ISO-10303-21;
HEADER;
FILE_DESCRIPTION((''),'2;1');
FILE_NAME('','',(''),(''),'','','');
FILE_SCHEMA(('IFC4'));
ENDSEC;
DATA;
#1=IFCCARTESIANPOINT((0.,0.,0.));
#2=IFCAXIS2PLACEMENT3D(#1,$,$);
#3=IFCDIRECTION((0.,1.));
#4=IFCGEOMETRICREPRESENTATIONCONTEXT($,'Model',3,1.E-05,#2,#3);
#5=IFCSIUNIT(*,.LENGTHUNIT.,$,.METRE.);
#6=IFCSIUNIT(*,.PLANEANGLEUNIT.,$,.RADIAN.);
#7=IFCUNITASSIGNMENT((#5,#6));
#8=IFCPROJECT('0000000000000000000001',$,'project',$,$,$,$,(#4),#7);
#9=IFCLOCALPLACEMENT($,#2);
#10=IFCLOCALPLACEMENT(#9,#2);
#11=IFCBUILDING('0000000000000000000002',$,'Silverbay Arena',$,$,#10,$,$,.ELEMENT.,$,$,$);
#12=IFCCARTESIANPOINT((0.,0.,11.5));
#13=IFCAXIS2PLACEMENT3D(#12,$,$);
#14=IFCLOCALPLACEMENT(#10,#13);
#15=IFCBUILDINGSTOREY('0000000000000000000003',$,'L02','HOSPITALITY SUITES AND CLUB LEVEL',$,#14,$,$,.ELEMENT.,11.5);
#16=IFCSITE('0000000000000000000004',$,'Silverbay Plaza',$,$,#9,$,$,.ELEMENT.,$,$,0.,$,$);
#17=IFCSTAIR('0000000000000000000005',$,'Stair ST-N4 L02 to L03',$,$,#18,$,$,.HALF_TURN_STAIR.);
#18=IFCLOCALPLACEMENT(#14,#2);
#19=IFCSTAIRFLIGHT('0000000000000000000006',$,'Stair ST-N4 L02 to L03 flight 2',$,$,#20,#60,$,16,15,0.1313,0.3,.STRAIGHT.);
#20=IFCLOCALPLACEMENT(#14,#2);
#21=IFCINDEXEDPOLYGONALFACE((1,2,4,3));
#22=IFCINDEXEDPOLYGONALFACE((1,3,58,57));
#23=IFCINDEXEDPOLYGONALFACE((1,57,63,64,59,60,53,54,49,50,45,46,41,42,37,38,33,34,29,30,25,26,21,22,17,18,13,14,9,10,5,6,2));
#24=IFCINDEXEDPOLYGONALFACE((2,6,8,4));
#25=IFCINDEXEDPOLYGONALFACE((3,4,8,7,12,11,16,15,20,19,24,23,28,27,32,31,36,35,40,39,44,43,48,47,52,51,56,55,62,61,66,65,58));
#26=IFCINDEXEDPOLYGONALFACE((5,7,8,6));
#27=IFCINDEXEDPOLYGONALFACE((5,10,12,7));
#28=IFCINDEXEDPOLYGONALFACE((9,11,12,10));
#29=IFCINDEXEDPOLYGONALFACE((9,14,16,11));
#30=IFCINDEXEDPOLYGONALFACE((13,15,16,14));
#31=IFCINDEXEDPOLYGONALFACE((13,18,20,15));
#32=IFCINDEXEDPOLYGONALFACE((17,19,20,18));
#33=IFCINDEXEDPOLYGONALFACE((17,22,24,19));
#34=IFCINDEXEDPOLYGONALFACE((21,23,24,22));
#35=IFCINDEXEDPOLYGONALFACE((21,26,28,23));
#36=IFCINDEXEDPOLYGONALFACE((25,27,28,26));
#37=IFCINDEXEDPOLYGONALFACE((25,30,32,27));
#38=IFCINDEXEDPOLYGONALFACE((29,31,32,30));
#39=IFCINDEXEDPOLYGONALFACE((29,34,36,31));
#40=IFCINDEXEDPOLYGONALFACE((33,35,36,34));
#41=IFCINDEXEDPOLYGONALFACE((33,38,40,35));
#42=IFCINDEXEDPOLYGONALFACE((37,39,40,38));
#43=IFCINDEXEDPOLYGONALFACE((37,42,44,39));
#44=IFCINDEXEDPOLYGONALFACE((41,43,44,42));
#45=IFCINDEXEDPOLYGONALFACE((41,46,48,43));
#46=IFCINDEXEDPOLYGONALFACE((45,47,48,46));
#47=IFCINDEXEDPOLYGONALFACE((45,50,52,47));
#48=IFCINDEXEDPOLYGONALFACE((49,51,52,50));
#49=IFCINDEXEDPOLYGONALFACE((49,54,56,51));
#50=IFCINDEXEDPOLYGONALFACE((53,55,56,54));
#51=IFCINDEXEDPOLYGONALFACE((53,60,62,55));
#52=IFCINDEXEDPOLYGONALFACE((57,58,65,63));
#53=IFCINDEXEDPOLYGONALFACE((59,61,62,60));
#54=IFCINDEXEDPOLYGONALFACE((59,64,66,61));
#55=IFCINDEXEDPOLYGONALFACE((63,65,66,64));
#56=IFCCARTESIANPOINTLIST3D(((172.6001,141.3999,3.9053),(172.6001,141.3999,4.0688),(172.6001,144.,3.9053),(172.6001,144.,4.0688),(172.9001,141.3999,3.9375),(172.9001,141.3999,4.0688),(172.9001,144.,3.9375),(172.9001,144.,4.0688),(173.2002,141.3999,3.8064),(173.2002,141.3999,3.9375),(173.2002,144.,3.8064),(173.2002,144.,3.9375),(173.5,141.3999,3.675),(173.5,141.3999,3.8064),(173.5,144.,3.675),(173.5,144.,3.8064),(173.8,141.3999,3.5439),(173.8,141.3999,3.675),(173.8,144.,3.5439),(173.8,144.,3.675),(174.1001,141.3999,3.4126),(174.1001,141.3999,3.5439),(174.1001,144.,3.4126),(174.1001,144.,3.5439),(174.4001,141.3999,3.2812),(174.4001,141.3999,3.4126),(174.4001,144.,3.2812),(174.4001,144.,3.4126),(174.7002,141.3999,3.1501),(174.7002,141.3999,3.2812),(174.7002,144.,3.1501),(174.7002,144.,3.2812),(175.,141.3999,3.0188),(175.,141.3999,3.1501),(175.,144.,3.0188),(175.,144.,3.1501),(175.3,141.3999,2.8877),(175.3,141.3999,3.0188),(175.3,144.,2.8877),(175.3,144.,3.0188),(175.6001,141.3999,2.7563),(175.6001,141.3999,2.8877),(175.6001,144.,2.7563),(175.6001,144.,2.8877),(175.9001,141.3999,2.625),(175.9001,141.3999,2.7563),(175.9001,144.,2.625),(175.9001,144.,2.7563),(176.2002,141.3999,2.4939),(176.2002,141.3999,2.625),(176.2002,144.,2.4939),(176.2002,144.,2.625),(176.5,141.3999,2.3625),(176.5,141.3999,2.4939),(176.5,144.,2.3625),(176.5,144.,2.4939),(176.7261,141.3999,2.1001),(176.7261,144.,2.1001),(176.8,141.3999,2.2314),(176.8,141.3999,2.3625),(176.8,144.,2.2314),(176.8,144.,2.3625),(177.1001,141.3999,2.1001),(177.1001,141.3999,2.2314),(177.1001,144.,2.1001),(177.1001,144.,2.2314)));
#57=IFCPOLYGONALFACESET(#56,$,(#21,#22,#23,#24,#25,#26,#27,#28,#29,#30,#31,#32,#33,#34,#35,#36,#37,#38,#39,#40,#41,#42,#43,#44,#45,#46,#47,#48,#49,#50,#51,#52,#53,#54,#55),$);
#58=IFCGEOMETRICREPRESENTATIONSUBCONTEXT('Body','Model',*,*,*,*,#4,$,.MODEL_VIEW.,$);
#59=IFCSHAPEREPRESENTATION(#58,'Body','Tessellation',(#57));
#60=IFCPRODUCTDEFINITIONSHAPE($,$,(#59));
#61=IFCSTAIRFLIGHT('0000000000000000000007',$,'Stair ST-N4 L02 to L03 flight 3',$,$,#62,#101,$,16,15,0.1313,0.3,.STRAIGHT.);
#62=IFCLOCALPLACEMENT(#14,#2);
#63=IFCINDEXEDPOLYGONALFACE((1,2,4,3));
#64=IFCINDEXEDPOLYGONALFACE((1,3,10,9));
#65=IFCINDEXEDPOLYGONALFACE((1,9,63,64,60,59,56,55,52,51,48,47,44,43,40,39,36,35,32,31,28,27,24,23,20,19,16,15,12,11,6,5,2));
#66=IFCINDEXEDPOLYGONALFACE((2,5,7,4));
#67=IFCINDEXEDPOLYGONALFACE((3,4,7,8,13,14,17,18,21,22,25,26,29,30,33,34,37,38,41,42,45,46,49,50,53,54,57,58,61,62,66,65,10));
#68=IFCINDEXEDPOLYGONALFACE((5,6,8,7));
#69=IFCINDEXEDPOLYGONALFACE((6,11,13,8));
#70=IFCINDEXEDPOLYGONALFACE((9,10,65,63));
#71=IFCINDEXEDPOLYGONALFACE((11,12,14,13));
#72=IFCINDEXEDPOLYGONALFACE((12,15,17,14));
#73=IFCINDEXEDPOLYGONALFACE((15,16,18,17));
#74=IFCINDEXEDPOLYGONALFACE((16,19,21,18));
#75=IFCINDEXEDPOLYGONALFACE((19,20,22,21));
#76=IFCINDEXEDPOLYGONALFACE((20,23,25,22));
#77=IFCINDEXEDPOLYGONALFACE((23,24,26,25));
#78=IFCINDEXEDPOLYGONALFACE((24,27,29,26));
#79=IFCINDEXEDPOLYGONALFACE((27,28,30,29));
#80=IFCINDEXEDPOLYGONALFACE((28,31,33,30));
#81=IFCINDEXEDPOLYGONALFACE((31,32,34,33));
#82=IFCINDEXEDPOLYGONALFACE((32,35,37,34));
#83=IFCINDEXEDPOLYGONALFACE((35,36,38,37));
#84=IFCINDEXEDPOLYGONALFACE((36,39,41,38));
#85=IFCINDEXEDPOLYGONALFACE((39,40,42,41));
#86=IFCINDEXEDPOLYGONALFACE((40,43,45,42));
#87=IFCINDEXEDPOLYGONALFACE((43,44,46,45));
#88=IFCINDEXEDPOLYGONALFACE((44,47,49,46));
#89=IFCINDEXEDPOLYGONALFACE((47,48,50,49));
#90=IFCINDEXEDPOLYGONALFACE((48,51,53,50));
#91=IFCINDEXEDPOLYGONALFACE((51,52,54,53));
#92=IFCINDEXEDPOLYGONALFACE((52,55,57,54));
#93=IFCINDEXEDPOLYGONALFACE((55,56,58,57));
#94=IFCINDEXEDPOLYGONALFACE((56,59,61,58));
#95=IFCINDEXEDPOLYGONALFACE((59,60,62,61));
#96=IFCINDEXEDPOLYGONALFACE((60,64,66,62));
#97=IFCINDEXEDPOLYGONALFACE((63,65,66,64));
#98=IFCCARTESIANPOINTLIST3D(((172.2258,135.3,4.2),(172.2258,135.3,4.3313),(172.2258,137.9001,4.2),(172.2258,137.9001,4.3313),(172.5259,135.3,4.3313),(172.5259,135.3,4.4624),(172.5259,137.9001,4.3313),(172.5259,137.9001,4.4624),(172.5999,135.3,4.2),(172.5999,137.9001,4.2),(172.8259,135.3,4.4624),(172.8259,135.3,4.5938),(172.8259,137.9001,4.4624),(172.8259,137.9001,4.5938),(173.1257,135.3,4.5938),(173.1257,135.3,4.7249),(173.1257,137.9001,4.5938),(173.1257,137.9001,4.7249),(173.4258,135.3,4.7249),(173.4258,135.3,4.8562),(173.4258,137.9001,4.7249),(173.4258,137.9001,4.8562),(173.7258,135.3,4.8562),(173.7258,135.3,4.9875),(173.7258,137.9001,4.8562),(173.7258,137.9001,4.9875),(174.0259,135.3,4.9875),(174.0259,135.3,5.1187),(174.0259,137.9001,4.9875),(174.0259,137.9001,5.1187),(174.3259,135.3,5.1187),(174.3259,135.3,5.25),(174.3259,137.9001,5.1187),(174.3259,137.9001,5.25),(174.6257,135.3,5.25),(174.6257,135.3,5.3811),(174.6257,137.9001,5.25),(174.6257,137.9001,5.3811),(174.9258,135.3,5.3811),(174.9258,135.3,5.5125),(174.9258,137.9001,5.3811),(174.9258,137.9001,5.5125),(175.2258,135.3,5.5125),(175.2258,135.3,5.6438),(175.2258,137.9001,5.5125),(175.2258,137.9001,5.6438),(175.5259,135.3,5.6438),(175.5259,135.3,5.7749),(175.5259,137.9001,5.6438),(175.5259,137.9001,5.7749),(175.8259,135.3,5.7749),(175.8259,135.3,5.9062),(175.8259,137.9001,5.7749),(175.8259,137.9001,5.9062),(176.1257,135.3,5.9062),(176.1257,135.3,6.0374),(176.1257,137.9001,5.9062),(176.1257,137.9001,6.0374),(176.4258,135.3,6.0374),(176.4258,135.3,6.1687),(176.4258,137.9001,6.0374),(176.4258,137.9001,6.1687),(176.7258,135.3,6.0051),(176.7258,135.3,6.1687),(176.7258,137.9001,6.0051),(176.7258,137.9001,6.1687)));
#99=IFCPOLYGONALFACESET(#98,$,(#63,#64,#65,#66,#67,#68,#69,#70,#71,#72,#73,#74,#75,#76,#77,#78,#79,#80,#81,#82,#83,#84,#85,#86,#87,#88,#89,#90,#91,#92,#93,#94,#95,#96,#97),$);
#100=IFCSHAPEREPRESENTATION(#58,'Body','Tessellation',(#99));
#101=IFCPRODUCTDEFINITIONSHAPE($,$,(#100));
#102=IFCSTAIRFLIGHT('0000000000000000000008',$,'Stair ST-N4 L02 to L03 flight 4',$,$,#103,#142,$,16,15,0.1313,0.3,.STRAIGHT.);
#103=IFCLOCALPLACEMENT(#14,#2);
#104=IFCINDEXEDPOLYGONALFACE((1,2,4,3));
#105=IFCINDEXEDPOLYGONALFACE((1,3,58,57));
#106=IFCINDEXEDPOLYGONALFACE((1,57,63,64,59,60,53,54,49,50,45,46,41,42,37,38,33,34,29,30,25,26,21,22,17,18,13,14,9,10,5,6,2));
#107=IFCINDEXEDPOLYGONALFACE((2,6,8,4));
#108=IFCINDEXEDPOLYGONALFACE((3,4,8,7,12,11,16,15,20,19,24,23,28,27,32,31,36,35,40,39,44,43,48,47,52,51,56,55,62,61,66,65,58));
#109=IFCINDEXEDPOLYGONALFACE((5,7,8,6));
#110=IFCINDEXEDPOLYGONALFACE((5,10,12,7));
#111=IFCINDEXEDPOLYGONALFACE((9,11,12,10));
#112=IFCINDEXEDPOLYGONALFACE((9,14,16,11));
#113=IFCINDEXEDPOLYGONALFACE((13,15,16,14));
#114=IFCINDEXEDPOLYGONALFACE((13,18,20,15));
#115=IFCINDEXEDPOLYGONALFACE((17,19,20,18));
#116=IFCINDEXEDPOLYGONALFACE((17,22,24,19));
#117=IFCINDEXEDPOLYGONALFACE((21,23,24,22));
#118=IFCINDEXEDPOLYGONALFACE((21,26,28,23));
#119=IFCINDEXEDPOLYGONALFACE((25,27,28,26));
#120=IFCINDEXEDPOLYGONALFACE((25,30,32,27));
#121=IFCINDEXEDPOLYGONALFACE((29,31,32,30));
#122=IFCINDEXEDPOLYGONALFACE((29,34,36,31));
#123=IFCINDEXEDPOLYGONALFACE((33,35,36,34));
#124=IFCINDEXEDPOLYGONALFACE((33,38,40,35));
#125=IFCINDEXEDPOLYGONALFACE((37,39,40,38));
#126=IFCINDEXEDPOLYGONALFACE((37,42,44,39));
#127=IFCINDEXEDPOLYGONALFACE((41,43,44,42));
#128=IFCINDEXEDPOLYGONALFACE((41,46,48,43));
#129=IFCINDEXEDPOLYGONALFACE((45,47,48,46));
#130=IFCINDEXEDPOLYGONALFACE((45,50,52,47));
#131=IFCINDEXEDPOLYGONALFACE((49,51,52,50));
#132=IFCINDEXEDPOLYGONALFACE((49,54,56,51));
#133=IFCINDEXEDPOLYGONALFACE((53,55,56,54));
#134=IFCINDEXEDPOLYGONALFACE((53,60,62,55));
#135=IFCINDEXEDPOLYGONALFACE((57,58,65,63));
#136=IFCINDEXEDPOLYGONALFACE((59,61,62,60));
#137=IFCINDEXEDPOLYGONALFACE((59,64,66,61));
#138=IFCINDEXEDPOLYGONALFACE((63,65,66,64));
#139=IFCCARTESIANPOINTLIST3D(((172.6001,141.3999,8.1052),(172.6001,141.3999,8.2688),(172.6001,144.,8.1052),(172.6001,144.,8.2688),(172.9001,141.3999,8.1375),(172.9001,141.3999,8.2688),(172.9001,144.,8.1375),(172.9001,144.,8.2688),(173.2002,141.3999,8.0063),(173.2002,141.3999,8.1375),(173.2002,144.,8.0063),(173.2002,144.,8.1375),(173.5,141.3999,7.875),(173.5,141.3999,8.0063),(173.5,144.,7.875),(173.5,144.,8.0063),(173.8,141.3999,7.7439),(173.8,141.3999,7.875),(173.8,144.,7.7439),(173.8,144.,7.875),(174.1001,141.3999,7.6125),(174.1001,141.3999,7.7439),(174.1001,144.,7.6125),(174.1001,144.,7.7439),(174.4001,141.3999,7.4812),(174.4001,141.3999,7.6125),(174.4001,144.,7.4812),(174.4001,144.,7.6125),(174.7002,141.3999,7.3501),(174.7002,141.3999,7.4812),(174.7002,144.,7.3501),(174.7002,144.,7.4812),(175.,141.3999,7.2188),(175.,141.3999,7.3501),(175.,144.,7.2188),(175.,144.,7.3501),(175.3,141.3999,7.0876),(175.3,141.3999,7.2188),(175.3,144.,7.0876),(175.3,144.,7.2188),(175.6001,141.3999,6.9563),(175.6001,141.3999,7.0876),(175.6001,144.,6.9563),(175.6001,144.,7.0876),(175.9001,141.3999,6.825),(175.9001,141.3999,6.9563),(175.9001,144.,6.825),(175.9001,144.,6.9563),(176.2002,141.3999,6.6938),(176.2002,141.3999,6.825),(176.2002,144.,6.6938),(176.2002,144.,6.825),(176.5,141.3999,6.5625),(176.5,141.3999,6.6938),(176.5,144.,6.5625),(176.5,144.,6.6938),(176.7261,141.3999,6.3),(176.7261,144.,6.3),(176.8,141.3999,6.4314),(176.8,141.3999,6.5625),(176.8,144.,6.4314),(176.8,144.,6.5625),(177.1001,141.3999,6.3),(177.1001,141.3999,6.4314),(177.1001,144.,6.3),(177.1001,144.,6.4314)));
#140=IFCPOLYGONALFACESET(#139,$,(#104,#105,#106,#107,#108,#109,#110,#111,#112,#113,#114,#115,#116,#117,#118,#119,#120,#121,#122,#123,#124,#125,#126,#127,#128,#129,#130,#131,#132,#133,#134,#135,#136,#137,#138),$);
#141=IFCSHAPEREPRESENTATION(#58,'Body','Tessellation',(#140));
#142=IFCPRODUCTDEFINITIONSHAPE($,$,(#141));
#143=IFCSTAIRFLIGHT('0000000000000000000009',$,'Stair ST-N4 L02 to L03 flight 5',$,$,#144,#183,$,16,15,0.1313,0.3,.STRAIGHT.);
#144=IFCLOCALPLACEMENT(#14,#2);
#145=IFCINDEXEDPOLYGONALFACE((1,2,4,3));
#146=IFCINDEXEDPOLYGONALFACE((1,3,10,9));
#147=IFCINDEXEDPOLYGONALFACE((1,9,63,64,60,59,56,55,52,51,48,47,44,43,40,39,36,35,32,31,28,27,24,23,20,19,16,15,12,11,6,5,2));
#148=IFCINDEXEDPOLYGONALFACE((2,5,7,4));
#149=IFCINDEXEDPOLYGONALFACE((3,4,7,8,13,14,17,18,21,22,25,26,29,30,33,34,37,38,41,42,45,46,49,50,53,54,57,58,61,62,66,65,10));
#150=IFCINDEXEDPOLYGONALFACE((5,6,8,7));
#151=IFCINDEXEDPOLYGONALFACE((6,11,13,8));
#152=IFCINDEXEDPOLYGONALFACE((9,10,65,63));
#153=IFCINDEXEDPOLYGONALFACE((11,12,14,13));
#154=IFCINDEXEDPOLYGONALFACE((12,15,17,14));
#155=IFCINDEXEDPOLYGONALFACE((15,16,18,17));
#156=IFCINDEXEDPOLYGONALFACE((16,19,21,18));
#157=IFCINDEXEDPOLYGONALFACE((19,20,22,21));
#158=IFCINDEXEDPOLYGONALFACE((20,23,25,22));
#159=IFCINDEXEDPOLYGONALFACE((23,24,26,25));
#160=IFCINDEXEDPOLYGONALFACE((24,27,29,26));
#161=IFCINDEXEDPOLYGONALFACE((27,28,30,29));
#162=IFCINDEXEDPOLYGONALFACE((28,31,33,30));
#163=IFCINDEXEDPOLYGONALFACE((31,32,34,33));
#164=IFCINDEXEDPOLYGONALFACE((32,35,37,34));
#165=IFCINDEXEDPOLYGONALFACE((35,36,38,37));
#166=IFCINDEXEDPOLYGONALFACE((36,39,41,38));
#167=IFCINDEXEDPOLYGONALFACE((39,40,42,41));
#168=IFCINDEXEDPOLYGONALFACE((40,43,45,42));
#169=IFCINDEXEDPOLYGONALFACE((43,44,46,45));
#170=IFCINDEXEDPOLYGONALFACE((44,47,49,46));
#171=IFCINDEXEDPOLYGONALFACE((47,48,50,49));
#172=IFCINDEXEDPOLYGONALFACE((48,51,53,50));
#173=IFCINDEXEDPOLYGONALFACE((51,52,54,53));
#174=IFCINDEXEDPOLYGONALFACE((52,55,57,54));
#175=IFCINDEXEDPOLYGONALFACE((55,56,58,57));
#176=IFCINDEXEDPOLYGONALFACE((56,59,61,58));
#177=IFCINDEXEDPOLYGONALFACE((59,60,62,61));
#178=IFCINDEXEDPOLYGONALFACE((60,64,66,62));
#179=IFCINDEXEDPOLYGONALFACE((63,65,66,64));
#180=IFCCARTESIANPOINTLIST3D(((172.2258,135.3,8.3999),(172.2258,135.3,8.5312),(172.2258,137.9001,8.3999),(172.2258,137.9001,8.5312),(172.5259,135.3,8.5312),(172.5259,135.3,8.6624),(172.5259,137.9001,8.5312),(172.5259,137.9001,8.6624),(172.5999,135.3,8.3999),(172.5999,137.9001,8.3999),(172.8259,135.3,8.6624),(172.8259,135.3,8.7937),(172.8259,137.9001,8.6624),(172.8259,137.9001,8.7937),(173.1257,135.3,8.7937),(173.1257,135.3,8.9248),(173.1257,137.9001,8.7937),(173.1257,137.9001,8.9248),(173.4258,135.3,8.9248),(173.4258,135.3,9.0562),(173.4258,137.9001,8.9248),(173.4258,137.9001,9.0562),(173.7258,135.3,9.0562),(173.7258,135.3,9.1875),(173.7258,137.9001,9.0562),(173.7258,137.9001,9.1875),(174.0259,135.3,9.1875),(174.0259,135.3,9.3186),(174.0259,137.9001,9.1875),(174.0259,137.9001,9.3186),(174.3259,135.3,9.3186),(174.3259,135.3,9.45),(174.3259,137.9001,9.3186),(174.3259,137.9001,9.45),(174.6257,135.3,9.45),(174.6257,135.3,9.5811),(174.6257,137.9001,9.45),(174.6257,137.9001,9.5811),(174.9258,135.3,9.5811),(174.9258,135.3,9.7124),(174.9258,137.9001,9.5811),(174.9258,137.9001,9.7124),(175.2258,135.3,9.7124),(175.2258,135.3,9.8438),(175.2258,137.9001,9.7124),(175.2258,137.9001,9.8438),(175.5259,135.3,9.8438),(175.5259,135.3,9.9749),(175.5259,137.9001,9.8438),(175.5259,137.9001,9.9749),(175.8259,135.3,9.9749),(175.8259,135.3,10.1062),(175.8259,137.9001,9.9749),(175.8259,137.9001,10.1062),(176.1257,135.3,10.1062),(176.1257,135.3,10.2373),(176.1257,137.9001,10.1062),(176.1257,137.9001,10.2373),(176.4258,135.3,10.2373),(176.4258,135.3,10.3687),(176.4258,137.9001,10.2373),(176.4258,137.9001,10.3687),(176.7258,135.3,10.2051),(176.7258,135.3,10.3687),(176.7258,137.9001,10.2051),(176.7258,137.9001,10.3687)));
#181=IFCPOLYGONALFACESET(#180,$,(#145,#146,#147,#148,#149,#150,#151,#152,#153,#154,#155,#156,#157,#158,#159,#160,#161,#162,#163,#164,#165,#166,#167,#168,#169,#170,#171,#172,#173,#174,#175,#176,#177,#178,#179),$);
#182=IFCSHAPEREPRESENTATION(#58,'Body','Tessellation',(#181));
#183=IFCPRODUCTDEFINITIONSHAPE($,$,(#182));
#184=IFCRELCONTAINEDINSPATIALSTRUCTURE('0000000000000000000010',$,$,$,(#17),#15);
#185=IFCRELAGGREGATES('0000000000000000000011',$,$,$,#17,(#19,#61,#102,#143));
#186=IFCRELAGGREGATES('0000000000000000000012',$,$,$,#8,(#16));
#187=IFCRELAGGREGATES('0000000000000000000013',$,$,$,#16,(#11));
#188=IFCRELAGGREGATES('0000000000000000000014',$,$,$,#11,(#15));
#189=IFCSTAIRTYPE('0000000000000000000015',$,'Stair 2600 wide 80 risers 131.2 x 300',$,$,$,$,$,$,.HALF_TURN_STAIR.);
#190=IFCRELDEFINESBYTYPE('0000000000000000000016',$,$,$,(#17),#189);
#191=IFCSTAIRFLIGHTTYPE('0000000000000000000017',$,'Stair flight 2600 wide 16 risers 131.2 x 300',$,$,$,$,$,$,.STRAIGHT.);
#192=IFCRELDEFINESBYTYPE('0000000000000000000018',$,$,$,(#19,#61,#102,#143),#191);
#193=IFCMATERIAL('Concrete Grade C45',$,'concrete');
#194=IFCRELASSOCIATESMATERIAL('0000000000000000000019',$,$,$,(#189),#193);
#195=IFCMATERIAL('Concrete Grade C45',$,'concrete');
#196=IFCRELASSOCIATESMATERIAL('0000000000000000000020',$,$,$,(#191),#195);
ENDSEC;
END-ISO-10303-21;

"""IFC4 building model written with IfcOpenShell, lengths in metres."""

from ifc_helpers import new_model, si_unit, direction, frame, origin, place, context, subcontext, project, spatial, polyline, outline, extrude, material, type_object, element, aggregate, save


model = new_model("IFC4")

# Units and contexts
model_context = context("Model", 3, precision=1e-05, world=origin(), true_north=direction((0.0, 1.0)))
body_context = subcontext(model_context, "Body", "Model", "MODEL_VIEW")
ifc_project = project(units=[si_unit("LENGTHUNIT", "METRE"), si_unit("PLANEANGLEUNIT", "RADIAN")], contexts=[model_context])

# Site, building, storey
site_placement = place(None, origin())
site = spatial("IfcSite", under=ifc_project, at=site_placement, Name="Silverbay Plaza", CompositionType="ELEMENT", RefElevation=0.0)
building_placement = place(site_placement, origin())
building = spatial("IfcBuilding", under=site, at=building_placement, Name="Silverbay Arena", CompositionType="ELEMENT")
storey_placement = place(building_placement, frame((0.0, 0.0, 11.5)))
storey = spatial("IfcBuildingStorey", under=building, at=storey_placement, Name="L02", Description="HOSPITALITY SUITES AND CLUB LEVEL", CompositionType="ELEMENT", Elevation=11.5)

# Stair, stair flights
ifc_material_1 = material(Name="Concrete Grade C45", Category="concrete")
stair_type = type_object("IfcStairType", Name="Stair 2600 wide 80 risers 131.2 x 300", PredefinedType="HALF_TURN_STAIR", material=ifc_material_1)
stair_1_placement = place(storey_placement, origin())
stair_1 = element("IfcStair", 1, at=stair_1_placement, inside=storey, type_object=stair_type, Name="Stair ST-N4 L02 to L03", PredefinedType="HALF_TURN_STAIR")
ifc_material_2 = material(Name="Concrete Grade C45", Category="concrete")
stair_flight_type = type_object("IfcStairFlightType", Name="Stair flight 2600 wide 16 risers 131.2 x 300", PredefinedType="STRAIGHT", material=ifc_material_2)
stair_flight_1_placement = place(storey_placement, frame((177.1001, 142.7, 2.1001), z_axis=(0.0, 0.0, 1.0), x_axis=(-1.0, 0.0, 0.0)))
stair_flight_1 = element("IfcStairFlight", 2, at=stair_flight_1_placement, type_object=stair_flight_type, Name="Stair ST-N4 L02 to L03 flight 2", NumberOfRisers=16, NumberOfTreads=15, PredefinedType="STRAIGHT", RiserHeight=0.1313, TreadLength=0.3, context=body_context, shape_type="SweptSolid", body=[
    extrude(outline(polyline([(0.0, 0.0), (0.0, 0.1313), (0.3, 0.1313), (0.3, 0.2625), (0.6001, 0.2625), (0.6001, 0.3938), (0.8999, 0.3938), (0.8999, 0.5249), (1.2, 0.5249), (1.2, 0.6562), (1.5, 0.6562), (1.5, 0.7876), (1.8, 0.7876), (1.8, 0.9187), (2.1001, 0.9187), (2.1001, 1.05), (2.3999, 1.05), (2.3999, 1.1812), (2.7, 1.1812), (2.7, 1.3125), (3.0, 1.3125), (3.0, 1.4438), (3.3, 1.4438), (3.3, 1.575), (3.6001, 1.575), (3.6001, 1.7063), (3.8999, 1.7063), (3.8999, 1.8374), (4.2, 1.8374), (4.2, 1.9688), (4.5, 1.9688), (4.5, 1.8052), (0.374, 0.0), (0.0, 0.0)])), frame((0.0, 1.3, 0.0), z_axis=(0.0, -1.0, 0.0), x_axis=(1.0, 0.0, 0.0)), (0.0, 0.0, 1.0), 2.6001),
])
stair_flight_2_placement = place(storey_placement, frame((172.2258, 136.6001, 4.2), z_axis=(0.0, 0.0, 1.0), x_axis=(1.0, 0.0, 0.0)))
stair_flight_2 = element("IfcStairFlight", 3, at=stair_flight_2_placement, type_object=stair_flight_type, Name="Stair ST-N4 L02 to L03 flight 3", NumberOfRisers=16, NumberOfTreads=15, PredefinedType="STRAIGHT", RiserHeight=0.1313, TreadLength=0.3, context=body_context, shape_type="SweptSolid", body=[
    extrude(outline(polyline([(0.0, 0.0), (0.0, 0.1313), (0.3, 0.1313), (0.3, 0.2625), (0.6001, 0.2625), (0.6001, 0.3938), (0.8999, 0.3938), (0.8999, 0.5249), (1.2, 0.5249), (1.2, 0.6562), (1.5, 0.6562), (1.5, 0.7876), (1.8, 0.7876), (1.8, 0.9187), (2.1001, 0.9187), (2.1001, 1.05), (2.3999, 1.05), (2.3999, 1.1812), (2.7, 1.1812), (2.7, 1.3125), (3.0, 1.3125), (3.0, 1.4438), (3.3, 1.4438), (3.3, 1.575), (3.6001, 1.575), (3.6001, 1.7063), (3.8999, 1.7063), (3.8999, 1.8374), (4.2, 1.8374), (4.2, 1.9688), (4.5, 1.9688), (4.5, 1.8052), (0.374, 0.0), (0.0, 0.0)])), frame((0.0, 1.3, 0.0), z_axis=(0.0, -1.0, 0.0), x_axis=(1.0, 0.0, 0.0)), (0.0, 0.0, 1.0), 2.6001),
])
stair_flight_3_placement = place(storey_placement, frame((177.1001, 142.7, 6.3), z_axis=(0.0, 0.0, 1.0), x_axis=(-1.0, 0.0, 0.0)))
stair_flight_3 = element("IfcStairFlight", 4, at=stair_flight_3_placement, type_object=stair_flight_type, Name="Stair ST-N4 L02 to L03 flight 4", NumberOfRisers=16, NumberOfTreads=15, PredefinedType="STRAIGHT", RiserHeight=0.1313, TreadLength=0.3, context=body_context, shape_type="SweptSolid", body=[
    extrude(outline(polyline([(0.0, 0.0), (0.0, 0.1313), (0.3, 0.1313), (0.3, 0.2625), (0.6001, 0.2625), (0.6001, 0.3938), (0.8999, 0.3938), (0.8999, 0.5249), (1.2, 0.5249), (1.2, 0.6562), (1.5, 0.6562), (1.5, 0.7876), (1.8, 0.7876), (1.8, 0.9187), (2.1001, 0.9187), (2.1001, 1.05), (2.3999, 1.05), (2.3999, 1.1812), (2.7, 1.1812), (2.7, 1.3125), (3.0, 1.3125), (3.0, 1.4438), (3.3, 1.4438), (3.3, 1.575), (3.6001, 1.575), (3.6001, 1.7063), (3.8999, 1.7063), (3.8999, 1.8374), (4.2, 1.8374), (4.2, 1.9688), (4.5, 1.9688), (4.5, 1.8052), (0.374, 0.0), (0.0, 0.0)])), frame((0.0, 1.3, 0.0), z_axis=(0.0, -1.0, 0.0), x_axis=(1.0, 0.0, 0.0)), (0.0, 0.0, 1.0), 2.6001),
])
stair_flight_4_placement = place(storey_placement, frame((172.2258, 136.6001, 8.3999), z_axis=(0.0, 0.0, 1.0), x_axis=(1.0, 0.0, 0.0)))
stair_flight_4 = element("IfcStairFlight", 5, at=stair_flight_4_placement, type_object=stair_flight_type, Name="Stair ST-N4 L02 to L03 flight 5", NumberOfRisers=16, NumberOfTreads=15, PredefinedType="STRAIGHT", RiserHeight=0.1313, TreadLength=0.3, context=body_context, shape_type="SweptSolid", body=[
    extrude(outline(polyline([(0.0, 0.0), (0.0, 0.1313), (0.3, 0.1313), (0.3, 0.2625), (0.6001, 0.2625), (0.6001, 0.3938), (0.8999, 0.3938), (0.8999, 0.5249), (1.2, 0.5249), (1.2, 0.6562), (1.5, 0.6562), (1.5, 0.7876), (1.8, 0.7876), (1.8, 0.9187), (2.1001, 0.9187), (2.1001, 1.05), (2.3999, 1.05), (2.3999, 1.1812), (2.7, 1.1812), (2.7, 1.3125), (3.0, 1.3125), (3.0, 1.4438), (3.3, 1.4438), (3.3, 1.575), (3.6001, 1.575), (3.6001, 1.7063), (3.8999, 1.7063), (3.8999, 1.8374), (4.2, 1.8374), (4.2, 1.9688), (4.5, 1.9688), (4.5, 1.8052), (0.374, 0.0), (0.0, 0.0)])), frame((0.0, 1.3, 0.0), z_axis=(0.0, -1.0, 0.0), x_axis=(1.0, 0.0, 0.0)), (0.0, 0.0, 1.0), 2.6001),
])
aggregate(stair_1, [stair_flight_1, stair_flight_2, stair_flight_3, stair_flight_4])

save(model, "model.ifc")
